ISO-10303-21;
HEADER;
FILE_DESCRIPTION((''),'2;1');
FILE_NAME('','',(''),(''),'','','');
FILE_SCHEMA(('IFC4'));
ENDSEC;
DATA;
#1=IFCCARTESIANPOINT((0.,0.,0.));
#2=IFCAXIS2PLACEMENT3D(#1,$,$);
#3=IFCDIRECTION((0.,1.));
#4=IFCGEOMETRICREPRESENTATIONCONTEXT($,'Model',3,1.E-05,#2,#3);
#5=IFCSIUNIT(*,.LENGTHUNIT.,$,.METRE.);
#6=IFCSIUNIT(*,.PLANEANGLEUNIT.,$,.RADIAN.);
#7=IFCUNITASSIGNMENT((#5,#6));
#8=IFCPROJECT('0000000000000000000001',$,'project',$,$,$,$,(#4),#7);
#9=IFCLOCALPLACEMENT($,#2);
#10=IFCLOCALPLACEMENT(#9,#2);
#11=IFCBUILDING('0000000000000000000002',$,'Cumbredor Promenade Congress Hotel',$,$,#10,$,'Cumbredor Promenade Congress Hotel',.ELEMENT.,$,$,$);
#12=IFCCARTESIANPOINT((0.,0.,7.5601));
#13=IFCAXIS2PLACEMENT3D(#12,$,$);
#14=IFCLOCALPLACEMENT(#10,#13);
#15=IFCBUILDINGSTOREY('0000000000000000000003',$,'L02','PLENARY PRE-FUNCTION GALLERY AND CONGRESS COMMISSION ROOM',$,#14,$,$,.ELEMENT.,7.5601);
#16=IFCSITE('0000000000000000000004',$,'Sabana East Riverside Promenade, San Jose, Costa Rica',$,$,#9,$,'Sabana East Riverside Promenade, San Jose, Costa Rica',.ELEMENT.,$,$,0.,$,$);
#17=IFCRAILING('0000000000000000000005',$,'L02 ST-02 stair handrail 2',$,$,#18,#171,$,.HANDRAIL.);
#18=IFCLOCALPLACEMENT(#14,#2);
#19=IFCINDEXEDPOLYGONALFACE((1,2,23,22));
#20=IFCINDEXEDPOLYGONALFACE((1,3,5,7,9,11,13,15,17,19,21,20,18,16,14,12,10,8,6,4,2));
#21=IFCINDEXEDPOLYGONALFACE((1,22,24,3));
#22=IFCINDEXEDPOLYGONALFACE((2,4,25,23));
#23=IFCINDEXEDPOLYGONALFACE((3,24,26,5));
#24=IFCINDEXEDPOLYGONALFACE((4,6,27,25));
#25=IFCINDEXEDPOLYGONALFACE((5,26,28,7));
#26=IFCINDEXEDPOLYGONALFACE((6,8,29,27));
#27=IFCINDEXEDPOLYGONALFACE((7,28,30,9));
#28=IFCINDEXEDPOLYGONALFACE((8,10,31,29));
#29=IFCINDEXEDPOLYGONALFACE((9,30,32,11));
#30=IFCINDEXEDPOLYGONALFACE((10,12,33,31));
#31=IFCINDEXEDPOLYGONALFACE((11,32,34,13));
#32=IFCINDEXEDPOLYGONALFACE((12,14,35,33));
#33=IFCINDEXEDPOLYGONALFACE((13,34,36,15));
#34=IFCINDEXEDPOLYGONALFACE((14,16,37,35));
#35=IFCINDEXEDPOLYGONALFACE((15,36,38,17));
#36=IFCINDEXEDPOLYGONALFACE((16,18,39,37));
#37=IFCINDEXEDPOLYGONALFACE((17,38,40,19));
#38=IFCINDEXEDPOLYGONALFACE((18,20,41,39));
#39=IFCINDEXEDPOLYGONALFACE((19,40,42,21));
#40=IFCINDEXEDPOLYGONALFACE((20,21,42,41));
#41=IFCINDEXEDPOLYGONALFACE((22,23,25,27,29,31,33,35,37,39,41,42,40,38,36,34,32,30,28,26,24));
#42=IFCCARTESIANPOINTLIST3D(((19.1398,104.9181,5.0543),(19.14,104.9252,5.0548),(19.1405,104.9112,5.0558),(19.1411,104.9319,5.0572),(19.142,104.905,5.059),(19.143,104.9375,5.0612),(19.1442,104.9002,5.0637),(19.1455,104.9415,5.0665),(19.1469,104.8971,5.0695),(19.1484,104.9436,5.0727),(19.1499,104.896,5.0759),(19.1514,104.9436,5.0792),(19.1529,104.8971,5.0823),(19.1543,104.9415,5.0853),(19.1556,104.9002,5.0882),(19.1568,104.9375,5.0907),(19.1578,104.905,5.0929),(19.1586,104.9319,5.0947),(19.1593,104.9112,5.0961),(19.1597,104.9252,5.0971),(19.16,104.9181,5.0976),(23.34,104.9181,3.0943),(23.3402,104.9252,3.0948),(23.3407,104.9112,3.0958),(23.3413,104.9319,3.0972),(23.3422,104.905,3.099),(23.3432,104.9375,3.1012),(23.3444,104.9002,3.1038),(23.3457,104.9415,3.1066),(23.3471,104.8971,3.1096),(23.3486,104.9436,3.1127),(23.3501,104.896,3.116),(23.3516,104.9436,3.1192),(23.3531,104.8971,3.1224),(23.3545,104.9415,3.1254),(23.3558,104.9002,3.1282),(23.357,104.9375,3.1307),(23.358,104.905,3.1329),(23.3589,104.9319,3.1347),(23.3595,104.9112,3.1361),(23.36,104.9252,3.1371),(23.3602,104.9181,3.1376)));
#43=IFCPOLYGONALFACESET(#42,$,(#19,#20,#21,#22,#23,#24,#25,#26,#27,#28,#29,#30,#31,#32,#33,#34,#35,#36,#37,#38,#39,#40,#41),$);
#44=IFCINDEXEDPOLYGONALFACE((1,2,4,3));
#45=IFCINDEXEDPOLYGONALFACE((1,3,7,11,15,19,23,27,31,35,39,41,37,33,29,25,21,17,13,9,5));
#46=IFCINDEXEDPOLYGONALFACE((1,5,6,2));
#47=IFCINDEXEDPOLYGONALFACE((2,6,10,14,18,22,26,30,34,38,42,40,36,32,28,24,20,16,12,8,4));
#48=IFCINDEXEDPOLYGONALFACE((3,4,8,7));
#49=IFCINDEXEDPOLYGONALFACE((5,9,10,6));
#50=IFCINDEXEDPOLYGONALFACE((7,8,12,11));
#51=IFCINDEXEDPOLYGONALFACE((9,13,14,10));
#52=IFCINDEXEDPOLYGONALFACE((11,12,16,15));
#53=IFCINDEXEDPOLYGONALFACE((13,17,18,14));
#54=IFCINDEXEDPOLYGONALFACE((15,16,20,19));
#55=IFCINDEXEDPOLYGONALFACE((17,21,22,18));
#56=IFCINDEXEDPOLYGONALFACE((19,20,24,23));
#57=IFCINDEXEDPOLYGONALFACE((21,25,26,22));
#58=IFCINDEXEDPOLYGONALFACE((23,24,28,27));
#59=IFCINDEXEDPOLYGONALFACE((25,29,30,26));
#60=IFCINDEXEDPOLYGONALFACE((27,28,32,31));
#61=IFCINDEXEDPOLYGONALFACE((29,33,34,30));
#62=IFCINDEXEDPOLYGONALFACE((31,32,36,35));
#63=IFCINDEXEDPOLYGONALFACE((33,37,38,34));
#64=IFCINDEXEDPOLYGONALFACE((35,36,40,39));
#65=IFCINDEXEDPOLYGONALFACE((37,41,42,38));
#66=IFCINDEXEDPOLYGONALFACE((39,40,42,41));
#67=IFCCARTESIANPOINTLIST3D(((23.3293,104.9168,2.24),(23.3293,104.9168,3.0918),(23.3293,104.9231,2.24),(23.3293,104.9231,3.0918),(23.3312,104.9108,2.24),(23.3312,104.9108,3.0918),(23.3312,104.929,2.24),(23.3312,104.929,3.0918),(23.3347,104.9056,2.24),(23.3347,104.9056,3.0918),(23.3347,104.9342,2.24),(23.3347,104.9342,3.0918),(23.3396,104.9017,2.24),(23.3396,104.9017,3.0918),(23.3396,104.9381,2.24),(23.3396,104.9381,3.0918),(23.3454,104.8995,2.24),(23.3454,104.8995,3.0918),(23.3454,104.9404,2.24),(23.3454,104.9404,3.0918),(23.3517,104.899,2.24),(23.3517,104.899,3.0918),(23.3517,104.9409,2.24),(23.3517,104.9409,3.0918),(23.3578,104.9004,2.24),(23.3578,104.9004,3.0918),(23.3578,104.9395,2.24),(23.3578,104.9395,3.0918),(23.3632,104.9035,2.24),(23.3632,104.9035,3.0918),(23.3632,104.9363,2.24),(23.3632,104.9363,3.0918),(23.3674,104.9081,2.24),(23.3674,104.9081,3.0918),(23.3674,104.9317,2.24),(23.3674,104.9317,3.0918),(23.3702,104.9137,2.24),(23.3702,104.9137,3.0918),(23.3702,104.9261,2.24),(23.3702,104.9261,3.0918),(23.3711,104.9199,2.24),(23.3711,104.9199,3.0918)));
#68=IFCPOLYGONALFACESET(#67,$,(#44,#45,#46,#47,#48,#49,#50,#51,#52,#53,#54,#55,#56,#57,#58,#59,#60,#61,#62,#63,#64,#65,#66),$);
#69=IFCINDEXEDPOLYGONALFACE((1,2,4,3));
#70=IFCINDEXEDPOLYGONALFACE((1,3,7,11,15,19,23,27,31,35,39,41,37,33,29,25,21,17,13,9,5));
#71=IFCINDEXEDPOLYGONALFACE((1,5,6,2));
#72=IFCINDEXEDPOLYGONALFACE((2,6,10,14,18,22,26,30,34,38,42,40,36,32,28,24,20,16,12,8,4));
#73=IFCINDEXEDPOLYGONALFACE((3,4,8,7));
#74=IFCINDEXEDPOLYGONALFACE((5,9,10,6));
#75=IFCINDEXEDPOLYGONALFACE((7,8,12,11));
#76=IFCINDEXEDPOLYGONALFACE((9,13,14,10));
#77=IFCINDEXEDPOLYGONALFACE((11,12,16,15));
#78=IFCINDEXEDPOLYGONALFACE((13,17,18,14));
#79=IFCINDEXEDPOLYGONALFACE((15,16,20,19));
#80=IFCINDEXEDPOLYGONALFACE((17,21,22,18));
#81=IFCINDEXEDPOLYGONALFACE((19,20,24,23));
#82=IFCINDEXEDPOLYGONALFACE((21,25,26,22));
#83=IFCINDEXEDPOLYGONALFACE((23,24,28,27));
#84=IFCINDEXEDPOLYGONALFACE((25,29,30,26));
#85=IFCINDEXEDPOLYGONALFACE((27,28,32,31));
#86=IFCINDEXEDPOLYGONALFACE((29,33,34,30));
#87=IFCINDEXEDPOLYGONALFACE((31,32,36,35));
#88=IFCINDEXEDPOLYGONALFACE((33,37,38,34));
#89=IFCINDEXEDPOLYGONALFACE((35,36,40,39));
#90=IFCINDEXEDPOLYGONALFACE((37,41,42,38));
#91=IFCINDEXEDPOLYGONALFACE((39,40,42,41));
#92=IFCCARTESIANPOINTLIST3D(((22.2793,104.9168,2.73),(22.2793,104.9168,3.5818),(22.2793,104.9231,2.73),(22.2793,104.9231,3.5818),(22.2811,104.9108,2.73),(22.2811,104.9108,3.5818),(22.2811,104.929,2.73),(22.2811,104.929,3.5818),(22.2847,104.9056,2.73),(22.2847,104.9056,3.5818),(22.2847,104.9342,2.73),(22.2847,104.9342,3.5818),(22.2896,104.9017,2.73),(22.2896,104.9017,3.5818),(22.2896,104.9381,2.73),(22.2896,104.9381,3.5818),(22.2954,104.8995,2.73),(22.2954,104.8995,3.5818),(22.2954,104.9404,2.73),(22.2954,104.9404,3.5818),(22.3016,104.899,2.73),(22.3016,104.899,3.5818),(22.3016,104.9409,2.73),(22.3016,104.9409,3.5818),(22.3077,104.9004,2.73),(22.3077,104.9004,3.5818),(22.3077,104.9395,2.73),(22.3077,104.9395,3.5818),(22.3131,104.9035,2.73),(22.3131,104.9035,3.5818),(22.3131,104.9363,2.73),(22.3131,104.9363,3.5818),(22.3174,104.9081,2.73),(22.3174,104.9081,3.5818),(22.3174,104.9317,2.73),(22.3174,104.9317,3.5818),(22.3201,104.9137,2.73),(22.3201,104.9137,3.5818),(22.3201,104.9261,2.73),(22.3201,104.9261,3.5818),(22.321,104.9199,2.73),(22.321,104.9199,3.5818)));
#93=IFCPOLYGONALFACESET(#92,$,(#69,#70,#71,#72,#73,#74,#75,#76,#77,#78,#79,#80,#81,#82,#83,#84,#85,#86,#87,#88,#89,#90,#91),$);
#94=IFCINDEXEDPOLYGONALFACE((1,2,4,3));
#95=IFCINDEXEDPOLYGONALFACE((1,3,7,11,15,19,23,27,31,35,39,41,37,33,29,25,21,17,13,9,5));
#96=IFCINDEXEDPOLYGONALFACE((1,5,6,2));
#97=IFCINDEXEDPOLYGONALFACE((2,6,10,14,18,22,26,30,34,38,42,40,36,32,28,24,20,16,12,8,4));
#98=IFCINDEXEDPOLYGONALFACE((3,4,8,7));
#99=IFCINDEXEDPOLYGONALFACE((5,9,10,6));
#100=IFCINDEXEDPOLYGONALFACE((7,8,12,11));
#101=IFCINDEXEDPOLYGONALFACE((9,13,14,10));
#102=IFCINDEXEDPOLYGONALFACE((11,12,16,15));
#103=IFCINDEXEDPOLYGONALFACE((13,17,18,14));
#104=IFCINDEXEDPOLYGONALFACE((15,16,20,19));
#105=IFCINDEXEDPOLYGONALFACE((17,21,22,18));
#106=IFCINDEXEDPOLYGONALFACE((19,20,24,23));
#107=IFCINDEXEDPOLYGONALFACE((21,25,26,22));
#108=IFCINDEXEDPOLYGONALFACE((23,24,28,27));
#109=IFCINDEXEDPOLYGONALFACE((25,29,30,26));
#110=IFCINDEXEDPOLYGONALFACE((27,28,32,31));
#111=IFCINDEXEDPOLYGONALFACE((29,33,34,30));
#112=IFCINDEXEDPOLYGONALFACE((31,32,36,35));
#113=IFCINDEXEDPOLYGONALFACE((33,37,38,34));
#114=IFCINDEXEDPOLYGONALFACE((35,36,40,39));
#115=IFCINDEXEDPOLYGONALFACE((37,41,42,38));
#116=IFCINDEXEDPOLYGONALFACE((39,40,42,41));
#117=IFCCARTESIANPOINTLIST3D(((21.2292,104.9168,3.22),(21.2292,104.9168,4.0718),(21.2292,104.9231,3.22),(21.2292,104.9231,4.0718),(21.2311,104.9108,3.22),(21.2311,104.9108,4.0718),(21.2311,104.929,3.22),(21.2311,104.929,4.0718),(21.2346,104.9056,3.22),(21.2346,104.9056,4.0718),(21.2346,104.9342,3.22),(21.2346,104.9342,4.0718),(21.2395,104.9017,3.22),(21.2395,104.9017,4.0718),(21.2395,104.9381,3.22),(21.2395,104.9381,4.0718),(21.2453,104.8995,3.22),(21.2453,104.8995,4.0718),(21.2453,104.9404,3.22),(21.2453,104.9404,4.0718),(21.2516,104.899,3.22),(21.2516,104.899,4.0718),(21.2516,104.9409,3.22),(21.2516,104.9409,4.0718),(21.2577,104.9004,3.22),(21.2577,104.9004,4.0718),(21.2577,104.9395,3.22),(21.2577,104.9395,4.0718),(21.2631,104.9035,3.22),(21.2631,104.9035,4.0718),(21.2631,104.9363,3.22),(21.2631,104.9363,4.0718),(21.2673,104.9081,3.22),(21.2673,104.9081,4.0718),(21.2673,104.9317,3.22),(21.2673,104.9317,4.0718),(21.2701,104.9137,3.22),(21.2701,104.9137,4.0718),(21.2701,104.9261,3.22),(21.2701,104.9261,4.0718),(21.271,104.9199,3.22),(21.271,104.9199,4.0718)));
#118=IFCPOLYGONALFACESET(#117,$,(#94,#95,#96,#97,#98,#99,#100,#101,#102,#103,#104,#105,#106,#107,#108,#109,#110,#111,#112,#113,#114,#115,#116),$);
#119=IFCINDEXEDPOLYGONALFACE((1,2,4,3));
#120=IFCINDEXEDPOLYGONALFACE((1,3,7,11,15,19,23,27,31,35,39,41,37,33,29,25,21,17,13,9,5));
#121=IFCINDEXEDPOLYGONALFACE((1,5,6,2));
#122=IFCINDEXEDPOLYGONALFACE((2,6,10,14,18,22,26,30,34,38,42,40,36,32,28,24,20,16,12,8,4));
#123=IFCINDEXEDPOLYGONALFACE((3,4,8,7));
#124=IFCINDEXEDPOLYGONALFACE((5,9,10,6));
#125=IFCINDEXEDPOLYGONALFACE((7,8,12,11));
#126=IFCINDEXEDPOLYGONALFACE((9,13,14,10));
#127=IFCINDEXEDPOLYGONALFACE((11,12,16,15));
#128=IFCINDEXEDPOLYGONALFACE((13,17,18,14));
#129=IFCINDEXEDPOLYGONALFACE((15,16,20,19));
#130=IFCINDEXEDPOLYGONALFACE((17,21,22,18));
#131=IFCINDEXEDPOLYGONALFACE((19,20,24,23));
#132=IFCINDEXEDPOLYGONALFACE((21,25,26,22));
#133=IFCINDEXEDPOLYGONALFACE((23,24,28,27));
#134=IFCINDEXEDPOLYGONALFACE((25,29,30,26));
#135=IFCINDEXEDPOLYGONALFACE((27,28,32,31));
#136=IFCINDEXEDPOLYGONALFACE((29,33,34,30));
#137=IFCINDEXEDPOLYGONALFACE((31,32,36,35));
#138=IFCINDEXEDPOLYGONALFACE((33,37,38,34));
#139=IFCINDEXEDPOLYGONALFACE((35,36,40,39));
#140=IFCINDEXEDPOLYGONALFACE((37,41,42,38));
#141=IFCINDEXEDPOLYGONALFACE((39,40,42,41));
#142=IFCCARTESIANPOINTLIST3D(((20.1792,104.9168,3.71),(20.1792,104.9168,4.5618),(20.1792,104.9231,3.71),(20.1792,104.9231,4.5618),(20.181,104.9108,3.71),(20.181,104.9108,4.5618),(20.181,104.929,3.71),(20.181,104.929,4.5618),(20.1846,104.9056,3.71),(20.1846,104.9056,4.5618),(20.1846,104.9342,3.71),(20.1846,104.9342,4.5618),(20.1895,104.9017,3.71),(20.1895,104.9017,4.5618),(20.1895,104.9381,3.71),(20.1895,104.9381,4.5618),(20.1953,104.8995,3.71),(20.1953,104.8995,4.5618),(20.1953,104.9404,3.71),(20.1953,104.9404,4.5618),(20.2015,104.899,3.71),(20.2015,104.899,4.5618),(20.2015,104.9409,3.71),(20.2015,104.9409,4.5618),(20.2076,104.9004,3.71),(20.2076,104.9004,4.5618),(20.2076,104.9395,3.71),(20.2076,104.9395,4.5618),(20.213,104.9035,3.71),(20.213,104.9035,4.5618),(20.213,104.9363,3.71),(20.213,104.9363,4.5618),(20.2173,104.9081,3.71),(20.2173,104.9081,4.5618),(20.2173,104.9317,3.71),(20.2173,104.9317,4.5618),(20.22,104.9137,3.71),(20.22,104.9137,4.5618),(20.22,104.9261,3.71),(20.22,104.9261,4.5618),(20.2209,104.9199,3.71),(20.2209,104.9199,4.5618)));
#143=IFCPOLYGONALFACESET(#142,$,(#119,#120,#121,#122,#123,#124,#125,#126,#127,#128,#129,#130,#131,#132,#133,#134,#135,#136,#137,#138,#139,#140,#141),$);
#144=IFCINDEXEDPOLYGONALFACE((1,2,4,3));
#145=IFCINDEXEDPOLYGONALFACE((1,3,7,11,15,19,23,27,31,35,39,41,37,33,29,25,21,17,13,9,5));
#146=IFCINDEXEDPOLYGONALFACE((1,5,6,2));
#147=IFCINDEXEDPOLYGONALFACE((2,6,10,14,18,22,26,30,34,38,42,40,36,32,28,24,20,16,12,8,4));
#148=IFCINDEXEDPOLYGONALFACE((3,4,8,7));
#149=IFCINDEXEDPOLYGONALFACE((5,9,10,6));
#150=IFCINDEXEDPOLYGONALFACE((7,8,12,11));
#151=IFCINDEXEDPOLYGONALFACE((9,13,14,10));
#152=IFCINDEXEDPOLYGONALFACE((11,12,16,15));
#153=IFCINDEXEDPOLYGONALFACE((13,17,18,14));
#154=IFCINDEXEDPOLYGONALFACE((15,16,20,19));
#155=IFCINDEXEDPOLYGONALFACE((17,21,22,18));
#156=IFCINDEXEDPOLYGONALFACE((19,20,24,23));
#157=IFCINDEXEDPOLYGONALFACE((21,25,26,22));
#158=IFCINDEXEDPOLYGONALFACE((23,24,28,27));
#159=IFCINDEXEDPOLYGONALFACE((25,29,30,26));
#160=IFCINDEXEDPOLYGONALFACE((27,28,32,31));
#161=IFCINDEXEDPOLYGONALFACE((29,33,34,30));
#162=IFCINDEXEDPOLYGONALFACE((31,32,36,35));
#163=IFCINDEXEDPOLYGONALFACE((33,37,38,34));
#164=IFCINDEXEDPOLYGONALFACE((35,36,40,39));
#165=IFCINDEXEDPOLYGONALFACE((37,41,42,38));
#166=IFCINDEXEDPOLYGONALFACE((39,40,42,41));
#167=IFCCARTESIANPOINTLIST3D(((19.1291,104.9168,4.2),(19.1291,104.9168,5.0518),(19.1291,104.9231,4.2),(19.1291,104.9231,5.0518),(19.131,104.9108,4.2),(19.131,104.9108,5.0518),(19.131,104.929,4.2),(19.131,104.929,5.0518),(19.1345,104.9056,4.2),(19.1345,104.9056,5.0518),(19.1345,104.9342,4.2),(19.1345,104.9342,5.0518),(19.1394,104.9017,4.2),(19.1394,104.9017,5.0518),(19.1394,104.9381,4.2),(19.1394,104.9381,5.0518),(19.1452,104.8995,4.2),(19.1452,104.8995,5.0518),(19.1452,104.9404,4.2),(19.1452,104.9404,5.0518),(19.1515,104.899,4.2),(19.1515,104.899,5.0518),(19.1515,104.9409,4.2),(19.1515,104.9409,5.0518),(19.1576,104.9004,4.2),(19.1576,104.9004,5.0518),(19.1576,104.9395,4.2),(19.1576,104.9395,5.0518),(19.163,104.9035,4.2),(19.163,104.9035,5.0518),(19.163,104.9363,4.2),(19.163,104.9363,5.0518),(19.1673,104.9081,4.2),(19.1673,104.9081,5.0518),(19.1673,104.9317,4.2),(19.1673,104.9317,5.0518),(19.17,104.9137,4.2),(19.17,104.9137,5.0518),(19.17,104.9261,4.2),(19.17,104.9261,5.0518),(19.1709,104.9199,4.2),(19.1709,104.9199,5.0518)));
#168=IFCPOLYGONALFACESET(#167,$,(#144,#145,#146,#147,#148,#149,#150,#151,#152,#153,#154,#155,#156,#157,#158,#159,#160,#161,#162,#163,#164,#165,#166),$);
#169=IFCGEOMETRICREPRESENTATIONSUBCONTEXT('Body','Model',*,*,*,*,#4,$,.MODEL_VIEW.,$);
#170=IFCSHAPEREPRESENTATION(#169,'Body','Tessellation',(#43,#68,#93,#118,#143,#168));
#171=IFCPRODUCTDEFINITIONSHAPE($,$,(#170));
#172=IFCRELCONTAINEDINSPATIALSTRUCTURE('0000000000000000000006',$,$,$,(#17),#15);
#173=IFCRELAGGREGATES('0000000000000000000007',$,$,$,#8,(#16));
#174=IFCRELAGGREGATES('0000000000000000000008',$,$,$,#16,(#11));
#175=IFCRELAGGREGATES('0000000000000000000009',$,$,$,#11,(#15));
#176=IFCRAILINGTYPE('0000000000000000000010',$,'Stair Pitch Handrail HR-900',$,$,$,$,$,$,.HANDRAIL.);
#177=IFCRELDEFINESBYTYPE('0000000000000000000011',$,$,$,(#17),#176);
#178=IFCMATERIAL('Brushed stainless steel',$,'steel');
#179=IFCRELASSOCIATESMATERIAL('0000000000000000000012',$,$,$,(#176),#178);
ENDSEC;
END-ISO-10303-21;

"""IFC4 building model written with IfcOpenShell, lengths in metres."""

from ifc_helpers import new_model, si_unit, direction, frame, origin, origin_2d, place, context, subcontext, project, spatial, circle, extrude, material, type_object, element, save


model = new_model("IFC4")

# Units and contexts
model_context = context("Model", 3, precision=1e-05, world=origin(), true_north=direction((0.0, 1.0)))
body_context = subcontext(model_context, "Body", "Model", "MODEL_VIEW")
ifc_project = project(units=[si_unit("LENGTHUNIT", "METRE"), si_unit("PLANEANGLEUNIT", "RADIAN")], contexts=[model_context])

# Site, building, storey
site_placement = place(None, origin())
site = spatial("IfcSite", under=ifc_project, at=site_placement, Name="Sabana East Riverside Promenade, San Jose, Costa Rica", LongName="Sabana East Riverside Promenade, San Jose, Costa Rica", CompositionType="ELEMENT", RefElevation=0.0)
building_placement = place(site_placement, origin())
building = spatial("IfcBuilding", under=site, at=building_placement, Name="Cumbredor Promenade Congress Hotel", LongName="Cumbredor Promenade Congress Hotel", CompositionType="ELEMENT")
storey_placement = place(building_placement, frame((0.0, 0.0, 7.5601)))
storey = spatial("IfcBuildingStorey", under=building, at=storey_placement, Name="L02", Description="PLENARY PRE-FUNCTION GALLERY AND CONGRESS COMMISSION ROOM", CompositionType="ELEMENT", Elevation=7.5601)

# Shared definitions
ifc_material_1 = material(Name="Brushed stainless steel", Category="steel")

# Railing
railing_type_1 = type_object("IfcRailingType", Name="Stair Pitch Handrail HR-900", PredefinedType="HANDRAIL", material=ifc_material_1)
railing_1_placement = place(storey_placement, frame((23.3501, 104.9199, 2.24)))
element("IfcRailing", 1, at=railing_1_placement, inside=storey, type_object=railing_type_1, Name="L02 ST-02 stair handrail 2", PredefinedType="HANDRAIL", context=body_context, shape_type="SweptSolid", body=[
    extrude(circle(Radius=0.0239, at=origin_2d()), frame((0.0, 0.0, 0.876), z_axis=(-0.906194, 0.0, 0.422862), x_axis=(0.0, -1.0, 0.0)), (0.0, 0.0, 1.0), 4.635),
    extrude(circle(Radius=0.021, at=origin_2d()), origin(), (0.0, 0.0, 1.0), 0.8518),
    extrude(circle(Radius=0.021, at=origin_2d()), frame((-1.05, 0.0, 0.49)), (0.0, 0.0, 1.0), 0.8518),
    extrude(circle(Radius=0.021, at=origin_2d()), frame((-2.1001, 0.0, 0.98)), (0.0, 0.0, 1.0), 0.8518),
    extrude(circle(Radius=0.021, at=origin_2d()), frame((-3.1501, 0.0, 1.47)), (0.0, 0.0, 1.0), 0.8518),
    extrude(circle(Radius=0.021, at=origin_2d()), frame((-4.2002, 0.0, 1.96)), (0.0, 0.0, 1.0), 0.8518),
])

save(model, "model.ifc")
